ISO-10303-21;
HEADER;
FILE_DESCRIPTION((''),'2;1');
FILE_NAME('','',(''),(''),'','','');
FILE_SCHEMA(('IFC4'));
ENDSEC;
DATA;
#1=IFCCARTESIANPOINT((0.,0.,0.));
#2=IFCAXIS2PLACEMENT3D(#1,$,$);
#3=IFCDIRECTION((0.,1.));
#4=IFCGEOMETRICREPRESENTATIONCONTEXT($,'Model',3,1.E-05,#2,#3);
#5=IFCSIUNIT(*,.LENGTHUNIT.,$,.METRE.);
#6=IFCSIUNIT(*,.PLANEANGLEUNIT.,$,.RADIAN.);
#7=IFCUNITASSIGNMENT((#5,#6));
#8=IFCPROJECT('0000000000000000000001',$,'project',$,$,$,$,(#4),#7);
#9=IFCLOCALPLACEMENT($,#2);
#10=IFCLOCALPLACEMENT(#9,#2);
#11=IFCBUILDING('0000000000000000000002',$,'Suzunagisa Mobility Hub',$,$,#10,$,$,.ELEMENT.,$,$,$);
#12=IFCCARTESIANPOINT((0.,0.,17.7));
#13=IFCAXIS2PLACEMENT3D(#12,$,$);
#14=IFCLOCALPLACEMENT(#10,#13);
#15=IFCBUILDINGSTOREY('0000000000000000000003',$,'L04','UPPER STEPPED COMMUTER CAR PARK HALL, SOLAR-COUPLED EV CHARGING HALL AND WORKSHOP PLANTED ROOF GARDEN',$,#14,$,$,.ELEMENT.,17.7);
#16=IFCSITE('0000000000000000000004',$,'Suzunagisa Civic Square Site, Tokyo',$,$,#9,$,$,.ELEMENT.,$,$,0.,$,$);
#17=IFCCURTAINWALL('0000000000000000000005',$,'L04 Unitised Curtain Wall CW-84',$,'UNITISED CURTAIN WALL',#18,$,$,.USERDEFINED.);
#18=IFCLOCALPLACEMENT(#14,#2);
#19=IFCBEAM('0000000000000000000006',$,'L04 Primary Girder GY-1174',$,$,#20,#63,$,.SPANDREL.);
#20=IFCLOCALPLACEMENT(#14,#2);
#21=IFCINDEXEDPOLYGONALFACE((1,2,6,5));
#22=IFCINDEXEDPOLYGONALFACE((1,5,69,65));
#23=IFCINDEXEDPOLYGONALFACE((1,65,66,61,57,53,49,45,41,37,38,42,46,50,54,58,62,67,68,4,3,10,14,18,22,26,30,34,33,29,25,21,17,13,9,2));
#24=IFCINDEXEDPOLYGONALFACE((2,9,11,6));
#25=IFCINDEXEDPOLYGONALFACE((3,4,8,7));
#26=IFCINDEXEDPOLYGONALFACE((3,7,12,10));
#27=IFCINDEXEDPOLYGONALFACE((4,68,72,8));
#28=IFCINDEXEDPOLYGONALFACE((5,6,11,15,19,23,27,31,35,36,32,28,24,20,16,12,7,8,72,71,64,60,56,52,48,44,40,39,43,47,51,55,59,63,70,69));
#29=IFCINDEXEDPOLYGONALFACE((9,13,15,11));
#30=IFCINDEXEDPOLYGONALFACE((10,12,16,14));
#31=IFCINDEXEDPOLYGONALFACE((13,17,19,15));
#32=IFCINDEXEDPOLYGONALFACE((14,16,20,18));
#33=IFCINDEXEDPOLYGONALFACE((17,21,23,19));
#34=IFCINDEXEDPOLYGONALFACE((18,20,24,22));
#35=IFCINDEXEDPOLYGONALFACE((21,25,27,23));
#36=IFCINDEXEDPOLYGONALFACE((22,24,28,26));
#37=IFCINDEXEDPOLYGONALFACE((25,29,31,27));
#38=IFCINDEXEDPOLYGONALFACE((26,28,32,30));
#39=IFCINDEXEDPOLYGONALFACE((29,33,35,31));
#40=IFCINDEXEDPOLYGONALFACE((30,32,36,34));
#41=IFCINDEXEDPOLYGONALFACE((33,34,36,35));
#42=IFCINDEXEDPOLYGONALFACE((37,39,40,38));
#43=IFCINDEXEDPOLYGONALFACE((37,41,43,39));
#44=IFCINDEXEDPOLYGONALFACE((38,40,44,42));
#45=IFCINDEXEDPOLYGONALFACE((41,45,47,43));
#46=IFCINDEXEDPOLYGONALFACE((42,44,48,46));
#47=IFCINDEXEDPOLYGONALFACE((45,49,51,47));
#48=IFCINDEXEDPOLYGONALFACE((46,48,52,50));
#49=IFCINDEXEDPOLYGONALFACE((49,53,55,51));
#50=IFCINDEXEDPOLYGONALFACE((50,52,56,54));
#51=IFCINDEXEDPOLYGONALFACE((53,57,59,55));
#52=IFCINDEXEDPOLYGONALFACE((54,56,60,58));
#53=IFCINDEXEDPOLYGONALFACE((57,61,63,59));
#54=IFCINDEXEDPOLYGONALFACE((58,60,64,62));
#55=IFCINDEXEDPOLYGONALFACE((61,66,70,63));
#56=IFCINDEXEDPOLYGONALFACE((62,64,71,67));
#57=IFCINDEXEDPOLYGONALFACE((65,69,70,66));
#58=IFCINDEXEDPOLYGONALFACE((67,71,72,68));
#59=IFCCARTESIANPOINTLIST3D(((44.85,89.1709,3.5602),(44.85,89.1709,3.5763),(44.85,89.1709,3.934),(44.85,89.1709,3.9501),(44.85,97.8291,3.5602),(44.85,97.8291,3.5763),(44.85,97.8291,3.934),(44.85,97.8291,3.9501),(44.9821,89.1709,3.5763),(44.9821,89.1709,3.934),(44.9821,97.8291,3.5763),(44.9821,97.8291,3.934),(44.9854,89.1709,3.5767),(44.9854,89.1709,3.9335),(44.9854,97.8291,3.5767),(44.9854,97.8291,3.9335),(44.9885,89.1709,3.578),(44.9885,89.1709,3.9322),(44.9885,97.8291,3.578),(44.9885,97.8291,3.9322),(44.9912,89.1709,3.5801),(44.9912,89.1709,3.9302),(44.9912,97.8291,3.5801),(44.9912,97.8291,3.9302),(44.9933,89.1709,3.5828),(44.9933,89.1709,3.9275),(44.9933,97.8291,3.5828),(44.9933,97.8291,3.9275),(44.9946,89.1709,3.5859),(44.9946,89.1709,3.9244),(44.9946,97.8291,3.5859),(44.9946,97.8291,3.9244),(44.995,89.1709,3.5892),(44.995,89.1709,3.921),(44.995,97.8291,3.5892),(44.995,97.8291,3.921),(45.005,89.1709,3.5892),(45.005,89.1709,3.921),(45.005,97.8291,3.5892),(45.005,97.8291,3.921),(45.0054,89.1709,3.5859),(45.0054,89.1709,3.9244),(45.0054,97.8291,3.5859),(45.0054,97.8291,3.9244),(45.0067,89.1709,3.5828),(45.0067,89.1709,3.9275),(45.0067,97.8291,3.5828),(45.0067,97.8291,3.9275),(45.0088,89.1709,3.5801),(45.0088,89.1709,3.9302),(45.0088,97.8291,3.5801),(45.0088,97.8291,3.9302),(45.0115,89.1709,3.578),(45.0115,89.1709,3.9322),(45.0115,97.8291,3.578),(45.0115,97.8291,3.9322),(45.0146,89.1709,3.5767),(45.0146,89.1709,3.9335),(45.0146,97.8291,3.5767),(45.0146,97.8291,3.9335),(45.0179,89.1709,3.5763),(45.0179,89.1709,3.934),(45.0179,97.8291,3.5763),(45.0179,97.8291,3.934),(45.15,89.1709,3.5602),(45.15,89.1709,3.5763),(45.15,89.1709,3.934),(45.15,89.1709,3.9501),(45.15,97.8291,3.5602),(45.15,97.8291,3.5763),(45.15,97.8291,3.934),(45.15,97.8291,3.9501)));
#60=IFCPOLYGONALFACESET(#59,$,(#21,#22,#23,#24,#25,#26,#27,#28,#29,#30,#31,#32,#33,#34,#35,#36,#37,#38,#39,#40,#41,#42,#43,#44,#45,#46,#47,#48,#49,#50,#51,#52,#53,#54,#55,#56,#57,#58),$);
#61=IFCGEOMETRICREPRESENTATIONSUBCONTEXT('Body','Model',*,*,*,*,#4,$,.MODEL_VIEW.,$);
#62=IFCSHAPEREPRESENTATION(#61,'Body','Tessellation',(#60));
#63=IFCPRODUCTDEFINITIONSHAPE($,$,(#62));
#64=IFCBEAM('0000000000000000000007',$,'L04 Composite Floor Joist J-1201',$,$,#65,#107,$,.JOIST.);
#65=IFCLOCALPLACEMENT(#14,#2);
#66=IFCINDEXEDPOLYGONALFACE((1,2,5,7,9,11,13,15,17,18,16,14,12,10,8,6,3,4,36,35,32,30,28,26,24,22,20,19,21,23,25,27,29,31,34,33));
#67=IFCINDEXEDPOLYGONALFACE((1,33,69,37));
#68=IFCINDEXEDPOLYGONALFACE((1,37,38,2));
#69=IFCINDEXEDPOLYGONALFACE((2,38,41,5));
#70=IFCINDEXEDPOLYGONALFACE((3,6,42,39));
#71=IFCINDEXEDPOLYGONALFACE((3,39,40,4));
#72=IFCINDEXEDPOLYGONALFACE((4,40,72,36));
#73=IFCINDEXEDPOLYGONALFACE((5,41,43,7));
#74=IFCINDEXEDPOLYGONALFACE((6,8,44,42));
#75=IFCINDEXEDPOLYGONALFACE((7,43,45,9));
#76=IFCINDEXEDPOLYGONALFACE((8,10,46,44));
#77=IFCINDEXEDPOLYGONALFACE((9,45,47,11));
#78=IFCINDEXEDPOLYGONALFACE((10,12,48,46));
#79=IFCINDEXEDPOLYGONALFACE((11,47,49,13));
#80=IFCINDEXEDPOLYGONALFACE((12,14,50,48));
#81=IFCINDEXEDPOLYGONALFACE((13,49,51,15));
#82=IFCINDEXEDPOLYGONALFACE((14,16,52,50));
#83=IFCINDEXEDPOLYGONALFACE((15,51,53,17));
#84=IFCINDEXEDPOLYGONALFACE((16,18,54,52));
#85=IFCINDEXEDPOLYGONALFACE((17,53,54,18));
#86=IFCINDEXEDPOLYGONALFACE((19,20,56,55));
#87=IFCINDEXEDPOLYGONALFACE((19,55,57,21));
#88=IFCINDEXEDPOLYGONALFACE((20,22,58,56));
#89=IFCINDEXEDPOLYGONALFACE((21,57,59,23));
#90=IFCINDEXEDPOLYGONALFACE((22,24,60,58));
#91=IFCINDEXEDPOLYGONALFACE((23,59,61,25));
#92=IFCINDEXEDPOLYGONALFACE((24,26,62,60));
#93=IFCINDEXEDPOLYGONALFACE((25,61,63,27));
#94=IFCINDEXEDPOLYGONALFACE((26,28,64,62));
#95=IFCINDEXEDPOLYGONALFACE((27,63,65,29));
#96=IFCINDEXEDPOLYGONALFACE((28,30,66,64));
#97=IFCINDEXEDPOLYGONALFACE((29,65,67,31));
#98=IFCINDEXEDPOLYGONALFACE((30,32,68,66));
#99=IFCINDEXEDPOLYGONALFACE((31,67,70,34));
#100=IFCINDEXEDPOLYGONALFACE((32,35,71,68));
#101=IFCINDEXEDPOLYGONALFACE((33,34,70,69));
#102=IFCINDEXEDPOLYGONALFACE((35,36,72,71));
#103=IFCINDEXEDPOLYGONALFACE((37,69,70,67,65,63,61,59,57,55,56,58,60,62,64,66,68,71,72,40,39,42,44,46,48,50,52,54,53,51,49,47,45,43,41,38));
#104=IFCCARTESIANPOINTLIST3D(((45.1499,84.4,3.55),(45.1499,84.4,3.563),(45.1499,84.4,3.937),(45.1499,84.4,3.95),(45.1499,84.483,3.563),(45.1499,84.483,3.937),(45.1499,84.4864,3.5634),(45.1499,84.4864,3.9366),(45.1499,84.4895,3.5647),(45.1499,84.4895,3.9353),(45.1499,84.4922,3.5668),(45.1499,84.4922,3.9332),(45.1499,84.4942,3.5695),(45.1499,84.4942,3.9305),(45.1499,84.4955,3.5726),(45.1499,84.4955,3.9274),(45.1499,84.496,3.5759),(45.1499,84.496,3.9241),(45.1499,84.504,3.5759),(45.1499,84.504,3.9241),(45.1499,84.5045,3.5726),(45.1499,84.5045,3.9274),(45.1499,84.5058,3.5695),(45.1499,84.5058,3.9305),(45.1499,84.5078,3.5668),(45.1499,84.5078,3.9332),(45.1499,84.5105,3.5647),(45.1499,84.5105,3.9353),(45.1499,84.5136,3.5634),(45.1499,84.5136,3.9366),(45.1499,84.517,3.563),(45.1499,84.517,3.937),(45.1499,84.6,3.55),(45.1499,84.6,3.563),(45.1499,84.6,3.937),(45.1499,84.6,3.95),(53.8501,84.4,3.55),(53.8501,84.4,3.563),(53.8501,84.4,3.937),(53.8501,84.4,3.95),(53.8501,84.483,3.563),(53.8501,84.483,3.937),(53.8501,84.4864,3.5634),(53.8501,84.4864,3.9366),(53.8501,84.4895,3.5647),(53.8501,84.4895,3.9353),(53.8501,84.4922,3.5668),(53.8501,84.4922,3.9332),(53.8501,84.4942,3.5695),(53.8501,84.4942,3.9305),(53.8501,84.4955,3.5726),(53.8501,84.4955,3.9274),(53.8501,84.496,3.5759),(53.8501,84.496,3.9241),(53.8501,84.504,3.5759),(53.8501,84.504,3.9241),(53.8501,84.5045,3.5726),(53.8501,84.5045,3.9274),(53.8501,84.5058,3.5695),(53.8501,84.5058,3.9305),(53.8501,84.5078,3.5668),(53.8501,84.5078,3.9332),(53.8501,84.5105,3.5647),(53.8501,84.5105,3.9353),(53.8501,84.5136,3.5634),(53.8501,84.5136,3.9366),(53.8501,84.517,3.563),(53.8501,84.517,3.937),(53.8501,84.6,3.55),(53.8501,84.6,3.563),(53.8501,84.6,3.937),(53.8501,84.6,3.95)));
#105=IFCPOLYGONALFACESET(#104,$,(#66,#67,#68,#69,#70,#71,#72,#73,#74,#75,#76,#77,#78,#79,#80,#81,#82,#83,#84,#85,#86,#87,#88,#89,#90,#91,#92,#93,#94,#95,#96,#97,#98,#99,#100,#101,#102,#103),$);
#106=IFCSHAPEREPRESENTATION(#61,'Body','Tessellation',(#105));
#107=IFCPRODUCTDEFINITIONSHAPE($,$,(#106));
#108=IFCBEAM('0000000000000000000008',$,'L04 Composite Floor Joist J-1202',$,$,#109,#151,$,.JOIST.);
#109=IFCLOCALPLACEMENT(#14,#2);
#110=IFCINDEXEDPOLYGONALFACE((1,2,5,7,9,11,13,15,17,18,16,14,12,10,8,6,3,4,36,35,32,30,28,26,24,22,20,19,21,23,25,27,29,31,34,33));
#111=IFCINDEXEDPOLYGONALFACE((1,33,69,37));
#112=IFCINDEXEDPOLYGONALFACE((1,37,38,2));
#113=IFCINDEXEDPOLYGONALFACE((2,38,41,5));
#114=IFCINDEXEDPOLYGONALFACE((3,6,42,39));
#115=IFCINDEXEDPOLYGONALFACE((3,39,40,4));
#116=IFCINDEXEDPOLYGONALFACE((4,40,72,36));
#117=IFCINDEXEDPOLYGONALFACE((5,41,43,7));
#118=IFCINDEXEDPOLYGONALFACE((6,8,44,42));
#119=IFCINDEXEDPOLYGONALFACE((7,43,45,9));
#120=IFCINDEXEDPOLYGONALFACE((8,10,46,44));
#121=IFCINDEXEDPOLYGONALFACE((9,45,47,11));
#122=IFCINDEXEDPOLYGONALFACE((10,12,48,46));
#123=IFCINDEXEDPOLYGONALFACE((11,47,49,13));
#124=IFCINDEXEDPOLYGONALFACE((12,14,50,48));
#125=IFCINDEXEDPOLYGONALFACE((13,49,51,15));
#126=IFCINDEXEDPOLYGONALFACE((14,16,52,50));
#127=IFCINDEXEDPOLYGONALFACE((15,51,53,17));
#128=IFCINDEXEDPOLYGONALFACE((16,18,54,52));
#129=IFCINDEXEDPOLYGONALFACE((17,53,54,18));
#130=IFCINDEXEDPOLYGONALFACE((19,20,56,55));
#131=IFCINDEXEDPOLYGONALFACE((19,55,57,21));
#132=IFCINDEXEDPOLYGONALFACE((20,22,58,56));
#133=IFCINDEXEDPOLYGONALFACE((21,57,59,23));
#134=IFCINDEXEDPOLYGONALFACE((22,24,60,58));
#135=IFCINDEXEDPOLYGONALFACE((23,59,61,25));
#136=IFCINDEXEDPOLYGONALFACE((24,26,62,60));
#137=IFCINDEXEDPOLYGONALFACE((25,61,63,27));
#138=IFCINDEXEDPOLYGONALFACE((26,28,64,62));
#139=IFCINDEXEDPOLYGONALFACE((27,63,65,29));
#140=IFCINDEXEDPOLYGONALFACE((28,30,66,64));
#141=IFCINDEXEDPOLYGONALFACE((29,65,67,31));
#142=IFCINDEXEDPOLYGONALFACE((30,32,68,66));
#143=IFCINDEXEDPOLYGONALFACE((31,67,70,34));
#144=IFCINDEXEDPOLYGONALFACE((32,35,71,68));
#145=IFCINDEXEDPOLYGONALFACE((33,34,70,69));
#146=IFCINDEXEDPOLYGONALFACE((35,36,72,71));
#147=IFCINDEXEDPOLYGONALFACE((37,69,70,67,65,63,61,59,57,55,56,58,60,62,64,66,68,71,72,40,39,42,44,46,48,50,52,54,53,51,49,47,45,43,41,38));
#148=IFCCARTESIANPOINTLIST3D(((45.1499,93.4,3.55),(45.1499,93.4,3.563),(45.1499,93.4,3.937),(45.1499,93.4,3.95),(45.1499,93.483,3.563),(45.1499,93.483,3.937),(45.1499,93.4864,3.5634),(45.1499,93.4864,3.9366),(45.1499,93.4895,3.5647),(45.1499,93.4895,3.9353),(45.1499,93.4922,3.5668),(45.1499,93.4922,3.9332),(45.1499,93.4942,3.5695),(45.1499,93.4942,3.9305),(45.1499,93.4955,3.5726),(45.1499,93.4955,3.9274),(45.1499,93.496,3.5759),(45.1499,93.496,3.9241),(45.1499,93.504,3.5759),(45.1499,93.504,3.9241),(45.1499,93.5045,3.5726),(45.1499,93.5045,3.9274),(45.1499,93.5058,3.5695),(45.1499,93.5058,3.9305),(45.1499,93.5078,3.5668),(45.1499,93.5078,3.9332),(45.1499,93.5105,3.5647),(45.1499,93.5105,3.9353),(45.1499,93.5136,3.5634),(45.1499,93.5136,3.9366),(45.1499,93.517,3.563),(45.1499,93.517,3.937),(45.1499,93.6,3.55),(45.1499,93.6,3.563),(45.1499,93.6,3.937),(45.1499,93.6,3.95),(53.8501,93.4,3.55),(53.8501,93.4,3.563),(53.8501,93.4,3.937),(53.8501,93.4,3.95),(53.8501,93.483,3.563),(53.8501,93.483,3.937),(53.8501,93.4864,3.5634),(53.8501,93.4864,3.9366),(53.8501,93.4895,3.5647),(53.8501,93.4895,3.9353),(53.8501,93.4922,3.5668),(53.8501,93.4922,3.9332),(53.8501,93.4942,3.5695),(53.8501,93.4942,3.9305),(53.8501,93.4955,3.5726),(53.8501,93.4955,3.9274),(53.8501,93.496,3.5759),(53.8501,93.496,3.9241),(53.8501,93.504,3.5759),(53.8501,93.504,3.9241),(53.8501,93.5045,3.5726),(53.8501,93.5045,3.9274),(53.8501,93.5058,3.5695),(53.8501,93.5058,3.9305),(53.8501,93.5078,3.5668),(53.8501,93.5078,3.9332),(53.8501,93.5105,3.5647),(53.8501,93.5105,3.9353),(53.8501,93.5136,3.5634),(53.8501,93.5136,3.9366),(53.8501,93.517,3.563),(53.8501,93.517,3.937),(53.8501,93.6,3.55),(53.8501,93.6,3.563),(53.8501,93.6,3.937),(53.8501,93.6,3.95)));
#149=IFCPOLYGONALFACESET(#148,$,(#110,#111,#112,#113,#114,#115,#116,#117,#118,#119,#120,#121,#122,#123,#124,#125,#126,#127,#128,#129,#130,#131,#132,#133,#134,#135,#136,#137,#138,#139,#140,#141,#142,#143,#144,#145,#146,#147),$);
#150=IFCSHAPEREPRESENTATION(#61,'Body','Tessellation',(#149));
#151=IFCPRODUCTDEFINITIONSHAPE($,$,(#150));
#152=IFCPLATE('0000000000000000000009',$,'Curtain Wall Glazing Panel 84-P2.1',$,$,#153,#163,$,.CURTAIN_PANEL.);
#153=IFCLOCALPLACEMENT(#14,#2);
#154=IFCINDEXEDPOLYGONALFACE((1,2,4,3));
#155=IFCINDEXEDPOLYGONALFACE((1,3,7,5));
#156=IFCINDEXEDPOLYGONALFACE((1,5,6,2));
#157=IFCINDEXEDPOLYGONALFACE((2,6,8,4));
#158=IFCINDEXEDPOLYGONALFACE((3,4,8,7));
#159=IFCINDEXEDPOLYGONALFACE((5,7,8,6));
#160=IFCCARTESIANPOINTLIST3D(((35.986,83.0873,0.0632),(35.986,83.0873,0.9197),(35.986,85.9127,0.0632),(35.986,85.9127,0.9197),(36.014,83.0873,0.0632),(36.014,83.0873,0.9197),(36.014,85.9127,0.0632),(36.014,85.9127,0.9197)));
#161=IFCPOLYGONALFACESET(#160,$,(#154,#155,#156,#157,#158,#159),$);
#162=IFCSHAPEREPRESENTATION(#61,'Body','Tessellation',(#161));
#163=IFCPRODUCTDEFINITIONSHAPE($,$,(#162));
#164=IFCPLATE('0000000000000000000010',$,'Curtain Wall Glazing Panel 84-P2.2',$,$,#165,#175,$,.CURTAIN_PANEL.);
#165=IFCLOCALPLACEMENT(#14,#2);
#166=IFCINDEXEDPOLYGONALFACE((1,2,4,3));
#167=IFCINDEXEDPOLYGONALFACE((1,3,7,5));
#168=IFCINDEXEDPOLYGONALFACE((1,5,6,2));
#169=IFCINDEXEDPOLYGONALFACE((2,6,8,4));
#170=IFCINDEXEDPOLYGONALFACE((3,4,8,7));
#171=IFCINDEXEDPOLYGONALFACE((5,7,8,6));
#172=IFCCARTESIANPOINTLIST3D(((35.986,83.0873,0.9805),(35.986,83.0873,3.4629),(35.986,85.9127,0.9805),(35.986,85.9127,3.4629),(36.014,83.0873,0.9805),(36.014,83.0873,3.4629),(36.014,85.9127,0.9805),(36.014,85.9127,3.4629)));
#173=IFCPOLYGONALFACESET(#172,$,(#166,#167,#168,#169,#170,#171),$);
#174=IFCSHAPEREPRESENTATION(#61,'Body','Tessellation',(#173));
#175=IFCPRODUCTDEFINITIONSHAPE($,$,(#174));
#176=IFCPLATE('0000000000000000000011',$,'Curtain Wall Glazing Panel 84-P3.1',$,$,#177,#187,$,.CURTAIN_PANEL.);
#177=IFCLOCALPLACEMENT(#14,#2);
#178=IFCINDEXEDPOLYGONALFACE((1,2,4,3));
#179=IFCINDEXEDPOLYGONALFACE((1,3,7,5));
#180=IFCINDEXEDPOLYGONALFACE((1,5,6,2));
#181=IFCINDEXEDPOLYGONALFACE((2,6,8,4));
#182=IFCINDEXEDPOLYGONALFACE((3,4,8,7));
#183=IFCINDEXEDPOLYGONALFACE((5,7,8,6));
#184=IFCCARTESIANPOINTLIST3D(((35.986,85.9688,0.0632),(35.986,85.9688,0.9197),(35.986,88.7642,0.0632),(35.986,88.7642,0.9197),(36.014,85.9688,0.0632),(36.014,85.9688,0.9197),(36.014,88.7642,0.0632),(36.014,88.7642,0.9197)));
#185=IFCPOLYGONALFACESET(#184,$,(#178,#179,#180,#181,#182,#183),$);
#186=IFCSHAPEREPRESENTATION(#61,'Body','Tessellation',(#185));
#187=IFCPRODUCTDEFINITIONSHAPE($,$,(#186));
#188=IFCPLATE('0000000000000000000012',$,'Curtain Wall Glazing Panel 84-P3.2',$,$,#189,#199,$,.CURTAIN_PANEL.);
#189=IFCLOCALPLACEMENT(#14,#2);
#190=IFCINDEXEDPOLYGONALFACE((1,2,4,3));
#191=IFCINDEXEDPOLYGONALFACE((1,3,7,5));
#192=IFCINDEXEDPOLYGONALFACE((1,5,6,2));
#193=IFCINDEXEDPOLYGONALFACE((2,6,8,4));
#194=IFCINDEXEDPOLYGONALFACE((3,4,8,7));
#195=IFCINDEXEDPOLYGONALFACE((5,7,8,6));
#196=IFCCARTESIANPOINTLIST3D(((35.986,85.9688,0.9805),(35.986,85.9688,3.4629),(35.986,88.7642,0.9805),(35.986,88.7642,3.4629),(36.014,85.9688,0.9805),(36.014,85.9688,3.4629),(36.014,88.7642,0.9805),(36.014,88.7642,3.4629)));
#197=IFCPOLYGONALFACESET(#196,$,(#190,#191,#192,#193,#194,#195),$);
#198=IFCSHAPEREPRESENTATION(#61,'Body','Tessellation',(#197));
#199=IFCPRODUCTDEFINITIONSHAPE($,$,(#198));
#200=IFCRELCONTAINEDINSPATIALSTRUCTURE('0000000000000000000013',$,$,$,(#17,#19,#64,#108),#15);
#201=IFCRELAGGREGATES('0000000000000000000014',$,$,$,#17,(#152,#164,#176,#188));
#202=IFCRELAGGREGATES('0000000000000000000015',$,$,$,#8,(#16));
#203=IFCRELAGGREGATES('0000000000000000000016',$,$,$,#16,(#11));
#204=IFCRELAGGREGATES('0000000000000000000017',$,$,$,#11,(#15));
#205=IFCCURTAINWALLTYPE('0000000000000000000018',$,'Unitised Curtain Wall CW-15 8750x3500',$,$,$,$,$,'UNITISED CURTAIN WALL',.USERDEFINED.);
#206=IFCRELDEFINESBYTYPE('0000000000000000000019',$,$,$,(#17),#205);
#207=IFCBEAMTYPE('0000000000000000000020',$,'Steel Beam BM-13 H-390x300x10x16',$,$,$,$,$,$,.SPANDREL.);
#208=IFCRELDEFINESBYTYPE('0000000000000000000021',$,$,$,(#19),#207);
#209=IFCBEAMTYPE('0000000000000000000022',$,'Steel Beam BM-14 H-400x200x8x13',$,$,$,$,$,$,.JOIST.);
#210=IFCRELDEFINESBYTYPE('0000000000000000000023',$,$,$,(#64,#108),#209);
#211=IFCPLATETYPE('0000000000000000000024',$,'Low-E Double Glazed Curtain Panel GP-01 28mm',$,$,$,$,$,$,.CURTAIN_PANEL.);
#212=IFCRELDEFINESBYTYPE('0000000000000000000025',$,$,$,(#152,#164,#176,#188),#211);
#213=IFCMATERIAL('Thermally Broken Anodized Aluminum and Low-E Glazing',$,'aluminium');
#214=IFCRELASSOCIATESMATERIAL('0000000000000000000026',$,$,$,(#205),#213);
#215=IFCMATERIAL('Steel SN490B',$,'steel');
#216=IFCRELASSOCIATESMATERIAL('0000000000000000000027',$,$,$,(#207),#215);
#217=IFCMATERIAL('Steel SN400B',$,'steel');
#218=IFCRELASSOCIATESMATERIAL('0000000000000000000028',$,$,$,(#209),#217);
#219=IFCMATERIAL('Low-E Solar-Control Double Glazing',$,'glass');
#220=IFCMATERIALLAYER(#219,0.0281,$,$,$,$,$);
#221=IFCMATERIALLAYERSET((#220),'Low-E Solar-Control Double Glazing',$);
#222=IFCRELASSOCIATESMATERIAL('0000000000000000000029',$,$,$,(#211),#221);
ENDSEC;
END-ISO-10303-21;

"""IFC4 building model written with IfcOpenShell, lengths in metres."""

from ifc_helpers import new_model, si_unit, direction, frame, origin, origin_2d, place, context, subcontext, project, spatial, rectangle, i_section, extrude, material, layer, layer_set, material_profile, profile_set, type_object, element, aggregate, save


model = new_model("IFC4")

# Units and contexts
model_context = context("Model", 3, precision=1e-05, world=origin(), true_north=direction((0.0, 1.0)))
body_context = subcontext(model_context, "Body", "Model", "MODEL_VIEW")
ifc_project = project(units=[si_unit("LENGTHUNIT", "METRE"), si_unit("PLANEANGLEUNIT", "RADIAN")], contexts=[model_context])

# Site, building, storey
site_placement = place(None, origin())
site = spatial("IfcSite", under=ifc_project, at=site_placement, Name="Suzunagisa Civic Square Site, Tokyo", CompositionType="ELEMENT", RefElevation=0.0)
building_placement = place(site_placement, origin())
building = spatial("IfcBuilding", under=site, at=building_placement, Name="Suzunagisa Mobility Hub", CompositionType="ELEMENT")
storey_placement = place(building_placement, frame((0.0, 0.0, 17.7)))
storey = spatial("IfcBuildingStorey", under=building, at=storey_placement, Name="L04", Description="UPPER STEPPED COMMUTER CAR PARK HALL, SOLAR-COUPLED EV CHARGING HALL AND WORKSHOP PLANTED ROOF GARDEN", CompositionType="ELEMENT", Elevation=17.7)

# Shared definitions
ifc_material_1 = material(Name="Steel SN490B", Category="steel")

# Curtain wall
ifc_material_2 = material(Name="Thermally Broken Anodized Aluminum and Low-E Glazing", Category="aluminium")
curtain_wall_type = type_object("IfcCurtainWallType", Name="Unitised Curtain Wall CW-15 8750x3500", ElementType="UNITISED CURTAIN WALL", PredefinedType="USERDEFINED", material=ifc_material_2)
curtain_wall_placement = place(storey_placement, origin())
curtain_wall = element("IfcCurtainWall", 1, at=curtain_wall_placement, inside=storey, type_object=curtain_wall_type, Name="L04 Unitised Curtain Wall CW-84", ObjectType="UNITISED CURTAIN WALL", PredefinedType="USERDEFINED")

# Beams
ifc_material_profile_1 = material_profile(ifc_material_1, i_section(OverallWidth=0.3, OverallDepth=0.3899, WebThickness=0.01, FlangeThickness=0.0161, FilletRadius=0.0129, at=origin_2d()), Name="H-390x300x10x16")
ifc_profile_set_1 = profile_set([ifc_material_profile_1], Name="Steel SN490B")
beam_type_1 = type_object("IfcBeamType", Name="Steel Beam BM-13 H-390x300x10x16", PredefinedType="SPANDREL", material=ifc_profile_set_1)
beam_placement = place(storey_placement, frame((45.0, 89.1709, 3.7551), z_axis=(0.0, 1.0, 0.0), x_axis=(-1.0, 0.0, 0.0)))
element("IfcBeam", 2, at=beam_placement, inside=storey, type_object=beam_type_1, Name="L04 Primary Girder GY-1174", PredefinedType="SPANDREL", context=body_context, shape_type="SweptSolid", body=[
    extrude(i_section(OverallWidth=0.3, OverallDepth=0.3899, WebThickness=0.01, FlangeThickness=0.0161, FilletRadius=0.0129, at=origin_2d()), origin(), (0.0, 0.0, 1.0), 8.6582),
])
ifc_material_3 = material(Name="Steel SN400B", Category="steel")
ifc_material_profile_2 = material_profile(ifc_material_3, i_section(OverallWidth=0.2, OverallDepth=0.3999, WebThickness=0.0081, FlangeThickness=0.0129, FilletRadius=0.0129, at=origin_2d()), Name="H-400x200x8x13")
ifc_profile_set_2 = profile_set([ifc_material_profile_2], Name="Steel SN400B")
beam_type_2 = type_object("IfcBeamType", Name="Steel Beam BM-14 H-400x200x8x13", PredefinedType="JOIST", material=ifc_profile_set_2)
for number, where, z_axis, x_axis, name in (
    (3, (45.1499, 84.5, 3.75), (1.0, 0.0, 0.0), (0.0, 1.0, 0.0), "L04 Composite Floor Joist J-1201"),
    (4, (45.1499, 93.5, 3.75), (1.0, 0.0, 0.0), (0.0, 1.0, 0.0), "L04 Composite Floor Joist J-1202"),
):
    element("IfcBeam", number, at=place(storey_placement, frame(where, z_axis=z_axis, x_axis=x_axis)), inside=storey, type_object=beam_type_2, Name=name, PredefinedType="JOIST", context=body_context, shape_type="SweptSolid", body=[
        extrude(i_section(OverallWidth=0.2, OverallDepth=0.3999, WebThickness=0.0081, FlangeThickness=0.0129, FilletRadius=0.0129, at=origin_2d()), origin(), (0.0, 0.0, 1.0), 8.7002),
    ])

# Plates
ifc_material_4 = material(Name="Low-E Solar-Control Double Glazing", Category="glass")
ifc_layer_1 = layer(ifc_material_4, 0.0281)
ifc_layer_set_1 = layer_set([ifc_layer_1], Name="Low-E Solar-Control Double Glazing")
plate_type_1 = type_object("IfcPlateType", Name="Low-E Double Glazed Curtain Panel GP-01 28mm", PredefinedType="CURTAIN_PANEL", material=ifc_layer_set_1)
plate_1_placement = place(storey_placement, frame((36.0, 84.5, 0.0632), z_axis=(0.0, 0.0, 1.0), x_axis=(0.0, 1.0, 0.0)))
plate_1 = element("IfcPlate", 5, at=plate_1_placement, type_object=plate_type_1, Name="Curtain Wall Glazing Panel 84-P2.1", PredefinedType="CURTAIN_PANEL", context=body_context, shape_type="SweptSolid", body=[
    extrude(rectangle(XDim=2.8254, YDim=0.0281, at=origin_2d()), origin(), (0.0, 0.0, 1.0), 0.8564),
])
plate_2_placement = place(storey_placement, frame((36.0, 84.5, 0.9805), z_axis=(0.0, 0.0, 1.0), x_axis=(0.0, 1.0, 0.0)))
plate_2 = element("IfcPlate", 6, at=plate_2_placement, type_object=plate_type_1, Name="Curtain Wall Glazing Panel 84-P2.2", PredefinedType="CURTAIN_PANEL", context=body_context, shape_type="SweptSolid", body=[
    extrude(rectangle(XDim=2.8254, YDim=0.0281, at=origin_2d()), origin(), (0.0, 0.0, 1.0), 2.4824),
])
plate_3_placement = place(storey_placement, frame((36.0, 87.3665, 0.0632), z_axis=(0.0, 0.0, 1.0), x_axis=(0.0, 1.0, 0.0)))
plate_3 = element("IfcPlate", 7, at=plate_3_placement, type_object=plate_type_1, Name="Curtain Wall Glazing Panel 84-P3.1", PredefinedType="CURTAIN_PANEL", context=body_context, shape_type="SweptSolid", body=[
    extrude(rectangle(XDim=2.7954, YDim=0.0281, at=origin_2d()), origin(), (0.0, 0.0, 1.0), 0.8564),
])
plate_4_placement = place(storey_placement, frame((36.0, 87.3665, 0.9805), z_axis=(0.0, 0.0, 1.0), x_axis=(0.0, 1.0, 0.0)))
plate_4 = element("IfcPlate", 8, at=plate_4_placement, type_object=plate_type_1, Name="Curtain Wall Glazing Panel 84-P3.2", PredefinedType="CURTAIN_PANEL", context=body_context, shape_type="SweptSolid", body=[
    extrude(rectangle(XDim=2.7954, YDim=0.0281, at=origin_2d()), origin(), (0.0, 0.0, 1.0), 2.4824),
])
aggregate(curtain_wall, [plate_1, plate_2, plate_3, plate_4])

save(model, "model.ifc")
